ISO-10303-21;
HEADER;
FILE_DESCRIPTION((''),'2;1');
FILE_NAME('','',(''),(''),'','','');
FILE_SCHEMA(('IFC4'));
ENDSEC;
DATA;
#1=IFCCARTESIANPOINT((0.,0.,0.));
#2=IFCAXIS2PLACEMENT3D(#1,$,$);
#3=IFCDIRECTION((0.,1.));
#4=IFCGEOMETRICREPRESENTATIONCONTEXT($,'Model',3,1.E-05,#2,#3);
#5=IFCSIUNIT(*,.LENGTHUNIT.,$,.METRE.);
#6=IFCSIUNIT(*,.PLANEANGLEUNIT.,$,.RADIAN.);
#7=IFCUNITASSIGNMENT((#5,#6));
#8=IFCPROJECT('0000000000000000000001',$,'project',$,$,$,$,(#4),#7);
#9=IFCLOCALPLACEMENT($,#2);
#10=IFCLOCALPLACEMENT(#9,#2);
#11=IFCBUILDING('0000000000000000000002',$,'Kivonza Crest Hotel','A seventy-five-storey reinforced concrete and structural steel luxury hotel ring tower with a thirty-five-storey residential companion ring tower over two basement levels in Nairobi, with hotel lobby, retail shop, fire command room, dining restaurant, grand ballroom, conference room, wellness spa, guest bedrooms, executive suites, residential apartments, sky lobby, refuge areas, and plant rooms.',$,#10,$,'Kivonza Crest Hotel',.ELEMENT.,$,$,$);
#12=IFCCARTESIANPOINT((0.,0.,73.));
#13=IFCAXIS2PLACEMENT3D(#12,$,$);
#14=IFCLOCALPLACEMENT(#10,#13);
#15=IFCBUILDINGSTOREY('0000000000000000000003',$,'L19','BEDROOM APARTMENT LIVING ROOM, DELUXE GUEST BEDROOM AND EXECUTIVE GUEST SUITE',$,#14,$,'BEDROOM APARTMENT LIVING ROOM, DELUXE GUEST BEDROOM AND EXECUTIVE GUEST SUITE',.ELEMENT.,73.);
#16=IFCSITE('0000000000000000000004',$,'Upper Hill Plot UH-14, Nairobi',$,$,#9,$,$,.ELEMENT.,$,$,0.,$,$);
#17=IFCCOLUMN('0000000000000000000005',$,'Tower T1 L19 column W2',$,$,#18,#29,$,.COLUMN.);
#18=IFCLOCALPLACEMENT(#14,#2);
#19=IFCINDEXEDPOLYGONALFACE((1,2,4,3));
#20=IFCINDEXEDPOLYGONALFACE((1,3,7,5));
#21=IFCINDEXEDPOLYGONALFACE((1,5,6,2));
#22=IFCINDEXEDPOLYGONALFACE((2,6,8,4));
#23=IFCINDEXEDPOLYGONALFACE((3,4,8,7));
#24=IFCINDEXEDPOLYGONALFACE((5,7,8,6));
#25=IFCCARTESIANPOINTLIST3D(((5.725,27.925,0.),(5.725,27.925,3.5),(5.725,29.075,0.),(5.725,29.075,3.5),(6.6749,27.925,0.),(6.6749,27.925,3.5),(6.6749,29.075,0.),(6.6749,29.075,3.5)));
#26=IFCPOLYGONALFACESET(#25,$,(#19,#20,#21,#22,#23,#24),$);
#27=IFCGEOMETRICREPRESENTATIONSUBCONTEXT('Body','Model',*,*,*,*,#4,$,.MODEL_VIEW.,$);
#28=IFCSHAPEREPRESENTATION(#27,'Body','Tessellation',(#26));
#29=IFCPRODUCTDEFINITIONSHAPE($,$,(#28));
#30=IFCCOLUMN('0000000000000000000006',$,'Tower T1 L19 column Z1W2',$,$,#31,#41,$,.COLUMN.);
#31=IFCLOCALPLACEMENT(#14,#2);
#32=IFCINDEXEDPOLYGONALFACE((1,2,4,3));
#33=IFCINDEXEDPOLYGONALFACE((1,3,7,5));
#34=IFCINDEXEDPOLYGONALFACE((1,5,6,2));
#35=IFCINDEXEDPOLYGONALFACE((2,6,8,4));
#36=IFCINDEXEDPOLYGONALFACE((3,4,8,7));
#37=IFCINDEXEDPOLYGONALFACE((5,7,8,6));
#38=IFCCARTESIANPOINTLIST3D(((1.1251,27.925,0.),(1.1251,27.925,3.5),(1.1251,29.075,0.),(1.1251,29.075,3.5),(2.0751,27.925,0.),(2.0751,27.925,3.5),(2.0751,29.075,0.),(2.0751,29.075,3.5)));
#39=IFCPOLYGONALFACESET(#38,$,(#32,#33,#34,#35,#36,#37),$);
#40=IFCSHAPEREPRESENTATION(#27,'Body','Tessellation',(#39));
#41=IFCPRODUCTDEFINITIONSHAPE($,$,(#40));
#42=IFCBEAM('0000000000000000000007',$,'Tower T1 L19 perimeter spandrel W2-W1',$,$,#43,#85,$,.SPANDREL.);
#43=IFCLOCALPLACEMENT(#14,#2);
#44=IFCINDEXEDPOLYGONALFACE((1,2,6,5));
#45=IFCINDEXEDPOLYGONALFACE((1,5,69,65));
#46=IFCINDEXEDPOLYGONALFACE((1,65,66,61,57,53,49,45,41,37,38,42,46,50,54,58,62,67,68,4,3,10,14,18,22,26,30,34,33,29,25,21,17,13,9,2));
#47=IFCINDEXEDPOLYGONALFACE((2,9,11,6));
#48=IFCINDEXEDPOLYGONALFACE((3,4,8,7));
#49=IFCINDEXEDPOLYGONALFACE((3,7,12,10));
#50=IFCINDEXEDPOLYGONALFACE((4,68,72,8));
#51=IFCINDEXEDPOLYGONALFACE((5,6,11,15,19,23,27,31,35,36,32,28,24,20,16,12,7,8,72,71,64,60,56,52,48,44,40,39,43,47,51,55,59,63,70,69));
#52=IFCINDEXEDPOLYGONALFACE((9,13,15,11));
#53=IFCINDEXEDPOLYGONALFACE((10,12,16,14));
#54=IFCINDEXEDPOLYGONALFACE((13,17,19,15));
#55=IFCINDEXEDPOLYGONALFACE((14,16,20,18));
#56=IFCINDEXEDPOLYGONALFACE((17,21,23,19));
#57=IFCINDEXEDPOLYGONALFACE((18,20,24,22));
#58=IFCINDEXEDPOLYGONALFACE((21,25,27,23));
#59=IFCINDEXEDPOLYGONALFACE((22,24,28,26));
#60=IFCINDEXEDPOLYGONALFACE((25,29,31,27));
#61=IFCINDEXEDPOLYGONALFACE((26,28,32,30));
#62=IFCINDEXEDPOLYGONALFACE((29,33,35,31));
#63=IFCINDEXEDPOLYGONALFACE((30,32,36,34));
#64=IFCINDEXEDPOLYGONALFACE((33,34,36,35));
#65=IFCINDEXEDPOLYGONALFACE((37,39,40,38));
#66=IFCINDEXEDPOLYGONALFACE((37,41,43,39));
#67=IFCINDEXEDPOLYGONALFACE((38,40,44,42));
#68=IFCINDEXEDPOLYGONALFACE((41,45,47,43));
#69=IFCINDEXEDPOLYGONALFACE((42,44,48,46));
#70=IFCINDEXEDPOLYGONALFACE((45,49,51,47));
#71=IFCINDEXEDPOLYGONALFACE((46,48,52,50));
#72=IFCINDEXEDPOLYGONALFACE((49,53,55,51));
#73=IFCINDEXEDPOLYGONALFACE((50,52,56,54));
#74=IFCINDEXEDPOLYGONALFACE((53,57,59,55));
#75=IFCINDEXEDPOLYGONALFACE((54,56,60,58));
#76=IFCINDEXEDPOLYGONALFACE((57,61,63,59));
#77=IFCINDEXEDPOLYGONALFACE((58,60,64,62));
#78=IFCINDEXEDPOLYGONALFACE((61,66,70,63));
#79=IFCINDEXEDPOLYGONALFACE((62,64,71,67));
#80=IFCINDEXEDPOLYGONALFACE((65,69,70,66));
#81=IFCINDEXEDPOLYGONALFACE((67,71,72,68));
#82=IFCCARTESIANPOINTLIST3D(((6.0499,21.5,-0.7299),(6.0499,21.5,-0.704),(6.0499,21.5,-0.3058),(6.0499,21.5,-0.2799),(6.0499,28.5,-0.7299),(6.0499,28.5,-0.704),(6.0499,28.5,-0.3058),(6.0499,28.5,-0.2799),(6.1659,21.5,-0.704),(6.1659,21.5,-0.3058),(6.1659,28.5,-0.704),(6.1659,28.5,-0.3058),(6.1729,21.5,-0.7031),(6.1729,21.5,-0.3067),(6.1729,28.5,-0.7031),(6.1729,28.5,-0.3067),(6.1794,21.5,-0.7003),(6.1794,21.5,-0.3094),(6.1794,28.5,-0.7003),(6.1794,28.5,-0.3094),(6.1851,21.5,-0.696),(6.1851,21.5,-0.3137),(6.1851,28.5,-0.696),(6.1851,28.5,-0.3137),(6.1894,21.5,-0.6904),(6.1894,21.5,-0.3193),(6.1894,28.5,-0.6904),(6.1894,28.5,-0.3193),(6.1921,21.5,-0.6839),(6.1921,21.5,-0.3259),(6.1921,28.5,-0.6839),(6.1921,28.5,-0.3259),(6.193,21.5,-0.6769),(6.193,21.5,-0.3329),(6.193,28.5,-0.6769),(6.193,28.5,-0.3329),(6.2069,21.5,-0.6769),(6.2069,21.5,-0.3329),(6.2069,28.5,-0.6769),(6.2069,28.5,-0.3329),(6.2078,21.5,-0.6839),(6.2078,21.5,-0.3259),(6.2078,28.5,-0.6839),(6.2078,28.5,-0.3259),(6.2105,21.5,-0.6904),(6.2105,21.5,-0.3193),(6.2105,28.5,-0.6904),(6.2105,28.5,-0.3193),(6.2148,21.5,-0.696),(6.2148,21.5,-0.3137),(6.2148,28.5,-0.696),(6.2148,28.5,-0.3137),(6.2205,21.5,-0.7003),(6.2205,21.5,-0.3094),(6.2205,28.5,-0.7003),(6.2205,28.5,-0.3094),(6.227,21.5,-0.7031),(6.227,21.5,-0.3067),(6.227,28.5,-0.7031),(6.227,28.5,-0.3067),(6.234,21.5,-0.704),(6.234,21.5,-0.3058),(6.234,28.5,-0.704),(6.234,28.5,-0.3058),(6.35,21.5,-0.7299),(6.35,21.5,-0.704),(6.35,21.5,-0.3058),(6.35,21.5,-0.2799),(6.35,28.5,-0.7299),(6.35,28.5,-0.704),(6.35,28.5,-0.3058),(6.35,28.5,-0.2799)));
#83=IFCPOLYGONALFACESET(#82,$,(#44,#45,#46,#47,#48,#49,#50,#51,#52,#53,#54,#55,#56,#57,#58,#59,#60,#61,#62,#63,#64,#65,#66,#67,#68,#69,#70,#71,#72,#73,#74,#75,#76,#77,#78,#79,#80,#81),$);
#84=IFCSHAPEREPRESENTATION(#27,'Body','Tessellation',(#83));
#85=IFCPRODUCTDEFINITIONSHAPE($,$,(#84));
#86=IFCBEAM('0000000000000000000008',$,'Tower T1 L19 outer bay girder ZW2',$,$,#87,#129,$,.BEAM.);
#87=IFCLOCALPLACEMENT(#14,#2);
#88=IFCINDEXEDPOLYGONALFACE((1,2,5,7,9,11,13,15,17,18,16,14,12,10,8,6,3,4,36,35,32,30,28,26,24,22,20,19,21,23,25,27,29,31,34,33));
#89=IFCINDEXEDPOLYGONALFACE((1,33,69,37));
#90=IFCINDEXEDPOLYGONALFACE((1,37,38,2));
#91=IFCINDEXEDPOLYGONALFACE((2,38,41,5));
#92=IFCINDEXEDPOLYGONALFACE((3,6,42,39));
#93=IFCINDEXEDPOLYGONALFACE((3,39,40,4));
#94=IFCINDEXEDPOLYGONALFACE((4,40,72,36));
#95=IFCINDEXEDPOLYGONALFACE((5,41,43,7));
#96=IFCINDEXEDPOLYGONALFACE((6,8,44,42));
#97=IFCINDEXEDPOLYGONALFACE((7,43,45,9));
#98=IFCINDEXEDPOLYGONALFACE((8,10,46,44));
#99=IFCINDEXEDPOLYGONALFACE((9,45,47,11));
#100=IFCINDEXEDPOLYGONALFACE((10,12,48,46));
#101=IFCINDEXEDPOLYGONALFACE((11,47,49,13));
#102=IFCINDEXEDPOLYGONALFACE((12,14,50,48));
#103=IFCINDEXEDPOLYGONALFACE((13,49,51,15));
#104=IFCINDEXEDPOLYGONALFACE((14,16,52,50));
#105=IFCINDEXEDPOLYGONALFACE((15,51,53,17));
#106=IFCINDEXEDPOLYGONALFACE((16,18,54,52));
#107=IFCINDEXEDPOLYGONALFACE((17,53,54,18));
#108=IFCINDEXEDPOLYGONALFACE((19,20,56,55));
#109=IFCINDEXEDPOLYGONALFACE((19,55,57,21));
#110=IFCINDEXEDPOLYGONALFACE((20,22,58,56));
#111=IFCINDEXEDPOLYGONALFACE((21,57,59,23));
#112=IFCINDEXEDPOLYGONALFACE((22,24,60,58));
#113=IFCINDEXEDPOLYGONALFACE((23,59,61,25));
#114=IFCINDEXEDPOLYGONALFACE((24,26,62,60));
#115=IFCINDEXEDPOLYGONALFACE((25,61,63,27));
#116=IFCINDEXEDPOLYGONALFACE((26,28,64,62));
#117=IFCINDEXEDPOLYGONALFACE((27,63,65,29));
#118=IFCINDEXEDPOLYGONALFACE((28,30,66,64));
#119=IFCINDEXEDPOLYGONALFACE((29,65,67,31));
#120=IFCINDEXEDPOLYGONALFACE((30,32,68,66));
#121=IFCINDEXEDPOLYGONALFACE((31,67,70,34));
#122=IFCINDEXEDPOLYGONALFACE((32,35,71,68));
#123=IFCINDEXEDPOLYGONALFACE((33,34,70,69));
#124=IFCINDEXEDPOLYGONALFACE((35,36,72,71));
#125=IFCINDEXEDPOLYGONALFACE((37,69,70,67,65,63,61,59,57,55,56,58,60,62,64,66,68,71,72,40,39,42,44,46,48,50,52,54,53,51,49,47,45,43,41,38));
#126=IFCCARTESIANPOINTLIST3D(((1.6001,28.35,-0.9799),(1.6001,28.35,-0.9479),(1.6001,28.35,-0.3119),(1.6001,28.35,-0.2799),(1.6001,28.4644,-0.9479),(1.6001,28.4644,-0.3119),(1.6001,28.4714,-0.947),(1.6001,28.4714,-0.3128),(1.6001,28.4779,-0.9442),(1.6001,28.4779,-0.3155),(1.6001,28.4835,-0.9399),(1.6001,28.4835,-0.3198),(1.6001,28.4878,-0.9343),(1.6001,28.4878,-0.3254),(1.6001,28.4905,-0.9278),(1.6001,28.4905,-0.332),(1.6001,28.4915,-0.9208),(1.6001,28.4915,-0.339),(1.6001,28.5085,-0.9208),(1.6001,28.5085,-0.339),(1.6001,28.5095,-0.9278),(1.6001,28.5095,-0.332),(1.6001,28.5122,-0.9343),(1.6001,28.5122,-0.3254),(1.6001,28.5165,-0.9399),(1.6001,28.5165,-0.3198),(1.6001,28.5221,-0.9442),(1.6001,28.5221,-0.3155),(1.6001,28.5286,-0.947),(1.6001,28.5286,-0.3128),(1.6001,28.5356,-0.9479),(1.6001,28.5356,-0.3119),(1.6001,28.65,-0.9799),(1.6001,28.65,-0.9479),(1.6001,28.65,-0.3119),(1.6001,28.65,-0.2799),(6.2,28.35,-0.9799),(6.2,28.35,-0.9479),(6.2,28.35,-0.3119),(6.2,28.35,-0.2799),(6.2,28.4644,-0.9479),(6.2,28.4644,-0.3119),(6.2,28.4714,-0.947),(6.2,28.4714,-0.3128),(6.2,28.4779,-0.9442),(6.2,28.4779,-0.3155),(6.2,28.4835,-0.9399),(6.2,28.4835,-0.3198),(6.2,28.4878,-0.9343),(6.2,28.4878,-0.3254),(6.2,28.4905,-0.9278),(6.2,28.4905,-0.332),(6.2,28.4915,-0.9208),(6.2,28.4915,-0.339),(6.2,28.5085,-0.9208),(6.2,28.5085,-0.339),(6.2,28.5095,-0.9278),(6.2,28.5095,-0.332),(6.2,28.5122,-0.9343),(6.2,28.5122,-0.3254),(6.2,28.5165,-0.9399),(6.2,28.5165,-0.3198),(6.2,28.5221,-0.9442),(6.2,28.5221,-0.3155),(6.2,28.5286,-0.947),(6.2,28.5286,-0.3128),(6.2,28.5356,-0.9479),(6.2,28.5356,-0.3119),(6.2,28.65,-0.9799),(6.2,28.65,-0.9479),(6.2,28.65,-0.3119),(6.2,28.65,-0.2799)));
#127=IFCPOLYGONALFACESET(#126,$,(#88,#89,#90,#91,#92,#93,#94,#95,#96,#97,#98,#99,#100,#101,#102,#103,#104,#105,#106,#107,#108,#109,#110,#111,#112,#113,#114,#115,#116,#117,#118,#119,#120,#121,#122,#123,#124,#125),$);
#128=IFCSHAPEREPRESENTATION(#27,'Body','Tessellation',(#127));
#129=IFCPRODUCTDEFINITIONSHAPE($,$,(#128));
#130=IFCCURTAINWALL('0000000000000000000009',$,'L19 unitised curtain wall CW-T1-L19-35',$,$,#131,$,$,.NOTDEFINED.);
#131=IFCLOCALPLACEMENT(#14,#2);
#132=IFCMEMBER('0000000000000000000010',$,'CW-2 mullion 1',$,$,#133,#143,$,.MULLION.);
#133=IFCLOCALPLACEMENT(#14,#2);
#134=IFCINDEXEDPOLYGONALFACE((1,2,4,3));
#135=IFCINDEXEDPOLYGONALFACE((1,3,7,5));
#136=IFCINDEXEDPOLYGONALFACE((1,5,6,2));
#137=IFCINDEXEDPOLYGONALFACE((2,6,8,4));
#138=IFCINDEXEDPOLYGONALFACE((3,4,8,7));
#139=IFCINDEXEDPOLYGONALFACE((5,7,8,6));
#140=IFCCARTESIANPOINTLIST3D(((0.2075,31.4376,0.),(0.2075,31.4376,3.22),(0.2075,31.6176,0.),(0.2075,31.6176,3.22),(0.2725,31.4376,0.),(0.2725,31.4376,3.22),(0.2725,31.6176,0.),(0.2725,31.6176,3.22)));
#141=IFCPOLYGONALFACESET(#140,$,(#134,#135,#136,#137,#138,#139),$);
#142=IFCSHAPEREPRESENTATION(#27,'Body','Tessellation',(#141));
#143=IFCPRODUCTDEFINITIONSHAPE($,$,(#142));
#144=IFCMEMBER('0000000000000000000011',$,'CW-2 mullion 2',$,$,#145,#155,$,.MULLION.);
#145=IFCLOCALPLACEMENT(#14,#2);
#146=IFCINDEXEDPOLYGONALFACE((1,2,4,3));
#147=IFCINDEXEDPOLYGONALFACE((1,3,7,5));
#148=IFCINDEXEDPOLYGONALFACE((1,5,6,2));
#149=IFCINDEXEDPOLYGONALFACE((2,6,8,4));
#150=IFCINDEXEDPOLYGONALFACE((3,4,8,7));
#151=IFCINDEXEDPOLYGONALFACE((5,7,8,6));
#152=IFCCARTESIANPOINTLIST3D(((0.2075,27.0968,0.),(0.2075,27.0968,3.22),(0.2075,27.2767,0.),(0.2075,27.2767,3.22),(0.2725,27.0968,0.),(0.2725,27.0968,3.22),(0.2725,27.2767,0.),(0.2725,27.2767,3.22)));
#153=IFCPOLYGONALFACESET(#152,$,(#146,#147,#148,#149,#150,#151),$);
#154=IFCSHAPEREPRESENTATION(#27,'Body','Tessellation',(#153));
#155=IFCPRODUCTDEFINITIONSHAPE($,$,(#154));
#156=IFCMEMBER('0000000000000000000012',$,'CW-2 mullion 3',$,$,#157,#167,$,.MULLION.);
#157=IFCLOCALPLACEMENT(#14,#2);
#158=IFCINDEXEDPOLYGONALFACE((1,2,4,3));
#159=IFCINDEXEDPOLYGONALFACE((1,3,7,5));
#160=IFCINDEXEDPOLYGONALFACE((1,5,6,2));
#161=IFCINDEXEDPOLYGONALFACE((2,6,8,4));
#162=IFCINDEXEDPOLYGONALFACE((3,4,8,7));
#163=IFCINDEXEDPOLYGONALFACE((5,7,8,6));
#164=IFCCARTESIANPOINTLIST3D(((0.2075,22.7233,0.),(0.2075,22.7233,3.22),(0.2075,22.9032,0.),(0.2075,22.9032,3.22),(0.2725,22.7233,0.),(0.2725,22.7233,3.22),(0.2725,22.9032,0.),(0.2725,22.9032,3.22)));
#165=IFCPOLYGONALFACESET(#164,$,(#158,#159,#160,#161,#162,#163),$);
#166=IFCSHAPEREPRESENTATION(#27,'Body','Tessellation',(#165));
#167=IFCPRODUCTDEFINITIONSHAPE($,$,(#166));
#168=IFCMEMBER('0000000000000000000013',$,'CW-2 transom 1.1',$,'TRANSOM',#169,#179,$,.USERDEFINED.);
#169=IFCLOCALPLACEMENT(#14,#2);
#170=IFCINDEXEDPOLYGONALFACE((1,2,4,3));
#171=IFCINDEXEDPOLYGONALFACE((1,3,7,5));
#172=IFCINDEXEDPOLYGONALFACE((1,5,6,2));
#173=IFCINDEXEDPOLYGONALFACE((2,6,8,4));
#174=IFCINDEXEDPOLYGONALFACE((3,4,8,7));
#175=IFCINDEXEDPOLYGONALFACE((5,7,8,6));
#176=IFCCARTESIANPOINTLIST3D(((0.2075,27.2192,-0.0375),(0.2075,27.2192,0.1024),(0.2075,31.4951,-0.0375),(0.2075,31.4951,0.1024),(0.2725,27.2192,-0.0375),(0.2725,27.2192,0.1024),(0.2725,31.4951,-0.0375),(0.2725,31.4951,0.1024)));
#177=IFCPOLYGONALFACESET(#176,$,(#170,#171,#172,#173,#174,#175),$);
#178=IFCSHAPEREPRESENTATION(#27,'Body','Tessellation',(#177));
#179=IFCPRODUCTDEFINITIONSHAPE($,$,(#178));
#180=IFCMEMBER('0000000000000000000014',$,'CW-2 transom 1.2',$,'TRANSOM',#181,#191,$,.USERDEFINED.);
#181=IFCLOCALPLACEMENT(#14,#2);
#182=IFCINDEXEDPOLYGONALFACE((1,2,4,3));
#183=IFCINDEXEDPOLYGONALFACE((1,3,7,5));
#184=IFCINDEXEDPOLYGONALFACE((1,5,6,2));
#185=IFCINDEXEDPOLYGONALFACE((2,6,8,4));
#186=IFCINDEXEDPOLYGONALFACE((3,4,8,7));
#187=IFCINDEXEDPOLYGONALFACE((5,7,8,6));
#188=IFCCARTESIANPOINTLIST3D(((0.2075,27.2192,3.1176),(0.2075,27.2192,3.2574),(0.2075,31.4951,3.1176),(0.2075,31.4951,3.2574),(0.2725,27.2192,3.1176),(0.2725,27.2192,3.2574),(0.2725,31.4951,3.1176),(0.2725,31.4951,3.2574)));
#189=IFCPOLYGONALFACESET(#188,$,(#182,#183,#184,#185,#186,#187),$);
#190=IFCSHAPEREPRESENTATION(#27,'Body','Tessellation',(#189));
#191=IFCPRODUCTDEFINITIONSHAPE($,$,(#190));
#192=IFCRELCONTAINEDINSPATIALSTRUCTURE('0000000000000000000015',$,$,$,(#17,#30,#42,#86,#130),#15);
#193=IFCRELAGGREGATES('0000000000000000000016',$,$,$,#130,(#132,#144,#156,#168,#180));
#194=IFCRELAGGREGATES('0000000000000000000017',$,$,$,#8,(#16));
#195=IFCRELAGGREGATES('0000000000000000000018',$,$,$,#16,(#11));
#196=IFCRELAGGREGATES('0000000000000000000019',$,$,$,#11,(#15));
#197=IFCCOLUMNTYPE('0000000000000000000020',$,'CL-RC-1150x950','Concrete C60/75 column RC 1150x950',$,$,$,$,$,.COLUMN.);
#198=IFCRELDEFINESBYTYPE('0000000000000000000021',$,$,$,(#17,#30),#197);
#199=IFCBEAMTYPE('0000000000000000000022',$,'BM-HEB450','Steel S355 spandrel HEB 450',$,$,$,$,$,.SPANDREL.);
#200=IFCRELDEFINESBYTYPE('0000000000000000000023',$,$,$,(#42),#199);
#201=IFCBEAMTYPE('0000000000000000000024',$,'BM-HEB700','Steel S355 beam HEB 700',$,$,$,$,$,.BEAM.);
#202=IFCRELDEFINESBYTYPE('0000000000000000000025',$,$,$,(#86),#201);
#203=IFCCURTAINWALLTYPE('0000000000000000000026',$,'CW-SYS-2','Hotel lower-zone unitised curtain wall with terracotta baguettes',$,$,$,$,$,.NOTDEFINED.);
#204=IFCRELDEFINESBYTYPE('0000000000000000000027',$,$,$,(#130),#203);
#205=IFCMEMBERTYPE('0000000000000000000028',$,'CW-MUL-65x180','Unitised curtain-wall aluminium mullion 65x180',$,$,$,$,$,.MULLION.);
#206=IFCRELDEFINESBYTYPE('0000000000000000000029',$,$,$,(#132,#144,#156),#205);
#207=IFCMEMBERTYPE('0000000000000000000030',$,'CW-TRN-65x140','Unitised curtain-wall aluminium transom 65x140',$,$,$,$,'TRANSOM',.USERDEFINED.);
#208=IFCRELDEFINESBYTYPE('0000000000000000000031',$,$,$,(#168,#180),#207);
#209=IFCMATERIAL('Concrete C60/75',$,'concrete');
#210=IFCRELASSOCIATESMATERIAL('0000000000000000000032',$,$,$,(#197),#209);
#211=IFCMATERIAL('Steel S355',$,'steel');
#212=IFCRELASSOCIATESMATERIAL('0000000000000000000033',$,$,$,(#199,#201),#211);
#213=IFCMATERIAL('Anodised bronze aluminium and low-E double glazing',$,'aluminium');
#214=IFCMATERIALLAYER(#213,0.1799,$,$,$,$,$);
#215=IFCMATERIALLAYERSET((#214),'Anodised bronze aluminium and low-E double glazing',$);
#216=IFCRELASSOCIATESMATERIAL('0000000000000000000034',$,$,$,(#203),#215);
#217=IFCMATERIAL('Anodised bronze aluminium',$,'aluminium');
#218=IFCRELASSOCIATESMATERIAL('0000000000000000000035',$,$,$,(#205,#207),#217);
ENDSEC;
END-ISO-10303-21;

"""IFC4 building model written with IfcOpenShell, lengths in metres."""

from ifc_helpers import new_model, si_unit, direction, frame, origin, origin_2d, place, context, subcontext, project, spatial, rectangle, i_section, extrude, material, layer, layer_set, material_profile, profile_set, type_object, element, aggregate, save


model = new_model("IFC4")

# Units and contexts
model_context = context("Model", 3, precision=1e-05, world=origin(), true_north=direction((0.0, 1.0)))
body_context = subcontext(model_context, "Body", "Model", "MODEL_VIEW")
ifc_project = project(units=[si_unit("LENGTHUNIT", "METRE"), si_unit("PLANEANGLEUNIT", "RADIAN")], contexts=[model_context])

# Site, building, storey
site_placement = place(None, origin())
site = spatial("IfcSite", under=ifc_project, at=site_placement, Name="Upper Hill Plot UH-14, Nairobi", CompositionType="ELEMENT", RefElevation=0.0)
building_placement = place(site_placement, origin())
building = spatial("IfcBuilding", under=site, at=building_placement, Name="Kivonza Crest Hotel", Description="A seventy-five-storey reinforced concrete and structural steel luxury hotel ring tower with a thirty-five-storey residential companion ring tower over two basement levels in Nairobi, with hotel lobby, retail shop, fire command room, dining restaurant, grand ballroom, conference room, wellness spa, guest bedrooms, executive suites, residential apartments, sky lobby, refuge areas, and plant rooms.", LongName="Kivonza Crest Hotel", CompositionType="ELEMENT")
storey_placement = place(building_placement, frame((0.0, 0.0, 73.0)))
storey = spatial("IfcBuildingStorey", under=building, at=storey_placement, Name="L19", Description="BEDROOM APARTMENT LIVING ROOM, DELUXE GUEST BEDROOM AND EXECUTIVE GUEST SUITE", LongName="BEDROOM APARTMENT LIVING ROOM, DELUXE GUEST BEDROOM AND EXECUTIVE GUEST SUITE", CompositionType="ELEMENT", Elevation=73.0)

# Columns
ifc_material_1 = material(Name="Concrete C60/75", Category="concrete")
ifc_material_profile_1 = material_profile(ifc_material_1, rectangle(XDim=0.95, YDim=1.1499, at=origin_2d()), Name="RC 1150x950")
ifc_profile_set_1 = profile_set([ifc_material_profile_1], Name="Concrete C60/75")
column_type = type_object("IfcColumnType", Name="CL-RC-1150x950", Description="Concrete C60/75 column RC 1150x950", PredefinedType="COLUMN", material=ifc_profile_set_1)
for number, where, z_axis, x_axis, name in (
    (1, (6.2, 28.5, 0.0), (0.0, 0.0, 1.0), (1.0, 0.0, 0.0), "Tower T1 L19 column W2"),
    (2, (1.6001, 28.5, 0.0), (0.0, 0.0, 1.0), (1.0, 0.0, 0.0), "Tower T1 L19 column Z1W2"),
):
    element("IfcColumn", number, at=place(storey_placement, frame(where, z_axis=z_axis, x_axis=x_axis)), inside=storey, type_object=column_type, Name=name, PredefinedType="COLUMN", context=body_context, shape_type="SweptSolid", body=[
        extrude(rectangle(XDim=0.95, YDim=1.1499, at=origin_2d()), origin(), (0.0, 0.0, 1.0), 3.5),
    ])

# Beams
ifc_material_2 = material(Name="Steel S355", Category="steel")
ifc_material_profile_2 = material_profile(ifc_material_2, i_section(OverallWidth=0.3, OverallDepth=0.45, WebThickness=0.0139, FlangeThickness=0.0259, FilletRadius=0.0271, at=origin_2d()), Name="HEB 450")
ifc_profile_set_2 = profile_set([ifc_material_profile_2], Name="Steel S355")
beam_type_1 = type_object("IfcBeamType", Name="BM-HEB450", Description="Steel S355 spandrel HEB 450", PredefinedType="SPANDREL", material=ifc_profile_set_2)
beam_1_placement = place(storey_placement, frame((6.2, 28.5, -0.5049), z_axis=(0.0, -1.0, 0.0), x_axis=(1.0, 0.0, 0.0)))
element("IfcBeam", 3, at=beam_1_placement, inside=storey, type_object=beam_type_1, Name="Tower T1 L19 perimeter spandrel W2-W1", PredefinedType="SPANDREL", context=body_context, shape_type="SweptSolid", body=[
    extrude(i_section(OverallWidth=0.3, OverallDepth=0.45, WebThickness=0.0139, FlangeThickness=0.0259, FilletRadius=0.0271, at=origin_2d()), origin(), (0.0, 0.0, 1.0), 7.0),
])
ifc_material_profile_3 = material_profile(ifc_material_2, i_section(OverallWidth=0.3, OverallDepth=0.7, WebThickness=0.0171, FlangeThickness=0.032, FilletRadius=0.0271, at=origin_2d()), Name="HEB 700")
ifc_profile_set_3 = profile_set([ifc_material_profile_3], Name="Steel S355")
beam_type_2 = type_object("IfcBeamType", Name="BM-HEB700", Description="Steel S355 beam HEB 700", PredefinedType="BEAM", material=ifc_profile_set_3)
beam_2_placement = place(storey_placement, frame((1.6001, 28.5, -0.6299), z_axis=(1.0, 0.0, 0.0), x_axis=(0.0, 1.0, 0.0)))
element("IfcBeam", 4, at=beam_2_placement, inside=storey, type_object=beam_type_2, Name="Tower T1 L19 outer bay girder ZW2", PredefinedType="BEAM", context=body_context, shape_type="SweptSolid", body=[
    extrude(i_section(OverallWidth=0.3, OverallDepth=0.7, WebThickness=0.0171, FlangeThickness=0.032, FilletRadius=0.0271, at=origin_2d()), origin(), (0.0, 0.0, 1.0), 4.5999),
])

# Curtain wall, members
ifc_material_3 = material(Name="Anodised bronze aluminium and low-E double glazing", Category="aluminium")
ifc_layer_1 = layer(ifc_material_3, 0.1799)
ifc_layer_set_1 = layer_set([ifc_layer_1], Name="Anodised bronze aluminium and low-E double glazing")
curtain_wall_type = type_object("IfcCurtainWallType", Name="CW-SYS-2", Description="Hotel lower-zone unitised curtain wall with terracotta baguettes", PredefinedType="NOTDEFINED", material=ifc_layer_set_1)
curtain_wall_placement = place(storey_placement, origin())
curtain_wall = element("IfcCurtainWall", 5, at=curtain_wall_placement, inside=storey, type_object=curtain_wall_type, Name="L19 unitised curtain wall CW-T1-L19-35", PredefinedType="NOTDEFINED")
ifc_material_4 = material(Name="Anodised bronze aluminium", Category="aluminium")
ifc_material_profile_4 = material_profile(ifc_material_4, rectangle(XDim=0.0649, YDim=0.1799, at=origin_2d()), Name="CW-M 65x180")
ifc_profile_set_4 = profile_set([ifc_material_profile_4], Name="Anodised bronze aluminium")
member_type_1 = type_object("IfcMemberType", Name="CW-MUL-65x180", Description="Unitised curtain-wall aluminium mullion 65x180", PredefinedType="MULLION", material=ifc_profile_set_4)
member_1_placement = place(storey_placement, frame((0.24, 31.5276, 0.0), z_axis=(0.0, 0.0, 1.0), x_axis=(1.0, 0.0, 0.0)))
member_1 = element("IfcMember", 6, at=member_1_placement, type_object=member_type_1, Name="CW-2 mullion 1", PredefinedType="MULLION", context=body_context, shape_type="SweptSolid", body=[
    extrude(rectangle(XDim=0.0649, YDim=0.1799, at=origin_2d()), origin(), (0.0, 0.0, 1.0), 3.22),
])
member_2_placement = place(storey_placement, frame((0.24, 27.1868, 0.0), z_axis=(0.0, 0.0, 1.0), x_axis=(1.0, 0.0, 0.0)))
member_2 = element("IfcMember", 7, at=member_2_placement, type_object=member_type_1, Name="CW-2 mullion 2", PredefinedType="MULLION", context=body_context, shape_type="SweptSolid", body=[
    extrude(rectangle(XDim=0.0649, YDim=0.1799, at=origin_2d()), origin(), (0.0, 0.0, 1.0), 3.22),
])
member_3_placement = place(storey_placement, frame((0.24, 22.8132, 0.0), z_axis=(0.0, 0.0, 1.0), x_axis=(1.0, 0.0, 0.0)))
member_3 = element("IfcMember", 8, at=member_3_placement, type_object=member_type_1, Name="CW-2 mullion 3", PredefinedType="MULLION", context=body_context, shape_type="SweptSolid", body=[
    extrude(rectangle(XDim=0.0649, YDim=0.1799, at=origin_2d()), origin(), (0.0, 0.0, 1.0), 3.22),
])
ifc_material_profile_5 = material_profile(ifc_material_4, rectangle(XDim=0.0649, YDim=0.1399, at=origin_2d()), Name="CW-T 65x140")
ifc_profile_set_5 = profile_set([ifc_material_profile_5], Name="Anodised bronze aluminium")
member_type_2 = type_object("IfcMemberType", Name="CW-TRN-65x140", Description="Unitised curtain-wall aluminium transom 65x140", ElementType="TRANSOM", PredefinedType="USERDEFINED", material=ifc_profile_set_5)
member_4_placement = place(storey_placement, frame((0.24, 31.4951, 0.0325), z_axis=(0.0, -1.0, 0.0), x_axis=(1.0, 0.0, 0.0)))
member_4 = element("IfcMember", 9, at=member_4_placement, type_object=member_type_2, Name="CW-2 transom 1.1", ObjectType="TRANSOM", PredefinedType="USERDEFINED", context=body_context, shape_type="SweptSolid", body=[
    extrude(rectangle(XDim=0.0649, YDim=0.1399, at=origin_2d()), origin(), (0.0, 0.0, 1.0), 4.2759),
])
member_5_placement = place(storey_placement, frame((0.24, 31.4951, 3.1875), z_axis=(0.0, -1.0, 0.0), x_axis=(1.0, 0.0, 0.0)))
member_5 = element("IfcMember", 10, at=member_5_placement, type_object=member_type_2, Name="CW-2 transom 1.2", ObjectType="TRANSOM", PredefinedType="USERDEFINED", context=body_context, shape_type="SweptSolid", body=[
    extrude(rectangle(XDim=0.0649, YDim=0.1399, at=origin_2d()), origin(), (0.0, 0.0, 1.0), 4.2759),
])
aggregate(curtain_wall, [member_1, member_2, member_3, member_4, member_5])

save(model, "model.ifc")
